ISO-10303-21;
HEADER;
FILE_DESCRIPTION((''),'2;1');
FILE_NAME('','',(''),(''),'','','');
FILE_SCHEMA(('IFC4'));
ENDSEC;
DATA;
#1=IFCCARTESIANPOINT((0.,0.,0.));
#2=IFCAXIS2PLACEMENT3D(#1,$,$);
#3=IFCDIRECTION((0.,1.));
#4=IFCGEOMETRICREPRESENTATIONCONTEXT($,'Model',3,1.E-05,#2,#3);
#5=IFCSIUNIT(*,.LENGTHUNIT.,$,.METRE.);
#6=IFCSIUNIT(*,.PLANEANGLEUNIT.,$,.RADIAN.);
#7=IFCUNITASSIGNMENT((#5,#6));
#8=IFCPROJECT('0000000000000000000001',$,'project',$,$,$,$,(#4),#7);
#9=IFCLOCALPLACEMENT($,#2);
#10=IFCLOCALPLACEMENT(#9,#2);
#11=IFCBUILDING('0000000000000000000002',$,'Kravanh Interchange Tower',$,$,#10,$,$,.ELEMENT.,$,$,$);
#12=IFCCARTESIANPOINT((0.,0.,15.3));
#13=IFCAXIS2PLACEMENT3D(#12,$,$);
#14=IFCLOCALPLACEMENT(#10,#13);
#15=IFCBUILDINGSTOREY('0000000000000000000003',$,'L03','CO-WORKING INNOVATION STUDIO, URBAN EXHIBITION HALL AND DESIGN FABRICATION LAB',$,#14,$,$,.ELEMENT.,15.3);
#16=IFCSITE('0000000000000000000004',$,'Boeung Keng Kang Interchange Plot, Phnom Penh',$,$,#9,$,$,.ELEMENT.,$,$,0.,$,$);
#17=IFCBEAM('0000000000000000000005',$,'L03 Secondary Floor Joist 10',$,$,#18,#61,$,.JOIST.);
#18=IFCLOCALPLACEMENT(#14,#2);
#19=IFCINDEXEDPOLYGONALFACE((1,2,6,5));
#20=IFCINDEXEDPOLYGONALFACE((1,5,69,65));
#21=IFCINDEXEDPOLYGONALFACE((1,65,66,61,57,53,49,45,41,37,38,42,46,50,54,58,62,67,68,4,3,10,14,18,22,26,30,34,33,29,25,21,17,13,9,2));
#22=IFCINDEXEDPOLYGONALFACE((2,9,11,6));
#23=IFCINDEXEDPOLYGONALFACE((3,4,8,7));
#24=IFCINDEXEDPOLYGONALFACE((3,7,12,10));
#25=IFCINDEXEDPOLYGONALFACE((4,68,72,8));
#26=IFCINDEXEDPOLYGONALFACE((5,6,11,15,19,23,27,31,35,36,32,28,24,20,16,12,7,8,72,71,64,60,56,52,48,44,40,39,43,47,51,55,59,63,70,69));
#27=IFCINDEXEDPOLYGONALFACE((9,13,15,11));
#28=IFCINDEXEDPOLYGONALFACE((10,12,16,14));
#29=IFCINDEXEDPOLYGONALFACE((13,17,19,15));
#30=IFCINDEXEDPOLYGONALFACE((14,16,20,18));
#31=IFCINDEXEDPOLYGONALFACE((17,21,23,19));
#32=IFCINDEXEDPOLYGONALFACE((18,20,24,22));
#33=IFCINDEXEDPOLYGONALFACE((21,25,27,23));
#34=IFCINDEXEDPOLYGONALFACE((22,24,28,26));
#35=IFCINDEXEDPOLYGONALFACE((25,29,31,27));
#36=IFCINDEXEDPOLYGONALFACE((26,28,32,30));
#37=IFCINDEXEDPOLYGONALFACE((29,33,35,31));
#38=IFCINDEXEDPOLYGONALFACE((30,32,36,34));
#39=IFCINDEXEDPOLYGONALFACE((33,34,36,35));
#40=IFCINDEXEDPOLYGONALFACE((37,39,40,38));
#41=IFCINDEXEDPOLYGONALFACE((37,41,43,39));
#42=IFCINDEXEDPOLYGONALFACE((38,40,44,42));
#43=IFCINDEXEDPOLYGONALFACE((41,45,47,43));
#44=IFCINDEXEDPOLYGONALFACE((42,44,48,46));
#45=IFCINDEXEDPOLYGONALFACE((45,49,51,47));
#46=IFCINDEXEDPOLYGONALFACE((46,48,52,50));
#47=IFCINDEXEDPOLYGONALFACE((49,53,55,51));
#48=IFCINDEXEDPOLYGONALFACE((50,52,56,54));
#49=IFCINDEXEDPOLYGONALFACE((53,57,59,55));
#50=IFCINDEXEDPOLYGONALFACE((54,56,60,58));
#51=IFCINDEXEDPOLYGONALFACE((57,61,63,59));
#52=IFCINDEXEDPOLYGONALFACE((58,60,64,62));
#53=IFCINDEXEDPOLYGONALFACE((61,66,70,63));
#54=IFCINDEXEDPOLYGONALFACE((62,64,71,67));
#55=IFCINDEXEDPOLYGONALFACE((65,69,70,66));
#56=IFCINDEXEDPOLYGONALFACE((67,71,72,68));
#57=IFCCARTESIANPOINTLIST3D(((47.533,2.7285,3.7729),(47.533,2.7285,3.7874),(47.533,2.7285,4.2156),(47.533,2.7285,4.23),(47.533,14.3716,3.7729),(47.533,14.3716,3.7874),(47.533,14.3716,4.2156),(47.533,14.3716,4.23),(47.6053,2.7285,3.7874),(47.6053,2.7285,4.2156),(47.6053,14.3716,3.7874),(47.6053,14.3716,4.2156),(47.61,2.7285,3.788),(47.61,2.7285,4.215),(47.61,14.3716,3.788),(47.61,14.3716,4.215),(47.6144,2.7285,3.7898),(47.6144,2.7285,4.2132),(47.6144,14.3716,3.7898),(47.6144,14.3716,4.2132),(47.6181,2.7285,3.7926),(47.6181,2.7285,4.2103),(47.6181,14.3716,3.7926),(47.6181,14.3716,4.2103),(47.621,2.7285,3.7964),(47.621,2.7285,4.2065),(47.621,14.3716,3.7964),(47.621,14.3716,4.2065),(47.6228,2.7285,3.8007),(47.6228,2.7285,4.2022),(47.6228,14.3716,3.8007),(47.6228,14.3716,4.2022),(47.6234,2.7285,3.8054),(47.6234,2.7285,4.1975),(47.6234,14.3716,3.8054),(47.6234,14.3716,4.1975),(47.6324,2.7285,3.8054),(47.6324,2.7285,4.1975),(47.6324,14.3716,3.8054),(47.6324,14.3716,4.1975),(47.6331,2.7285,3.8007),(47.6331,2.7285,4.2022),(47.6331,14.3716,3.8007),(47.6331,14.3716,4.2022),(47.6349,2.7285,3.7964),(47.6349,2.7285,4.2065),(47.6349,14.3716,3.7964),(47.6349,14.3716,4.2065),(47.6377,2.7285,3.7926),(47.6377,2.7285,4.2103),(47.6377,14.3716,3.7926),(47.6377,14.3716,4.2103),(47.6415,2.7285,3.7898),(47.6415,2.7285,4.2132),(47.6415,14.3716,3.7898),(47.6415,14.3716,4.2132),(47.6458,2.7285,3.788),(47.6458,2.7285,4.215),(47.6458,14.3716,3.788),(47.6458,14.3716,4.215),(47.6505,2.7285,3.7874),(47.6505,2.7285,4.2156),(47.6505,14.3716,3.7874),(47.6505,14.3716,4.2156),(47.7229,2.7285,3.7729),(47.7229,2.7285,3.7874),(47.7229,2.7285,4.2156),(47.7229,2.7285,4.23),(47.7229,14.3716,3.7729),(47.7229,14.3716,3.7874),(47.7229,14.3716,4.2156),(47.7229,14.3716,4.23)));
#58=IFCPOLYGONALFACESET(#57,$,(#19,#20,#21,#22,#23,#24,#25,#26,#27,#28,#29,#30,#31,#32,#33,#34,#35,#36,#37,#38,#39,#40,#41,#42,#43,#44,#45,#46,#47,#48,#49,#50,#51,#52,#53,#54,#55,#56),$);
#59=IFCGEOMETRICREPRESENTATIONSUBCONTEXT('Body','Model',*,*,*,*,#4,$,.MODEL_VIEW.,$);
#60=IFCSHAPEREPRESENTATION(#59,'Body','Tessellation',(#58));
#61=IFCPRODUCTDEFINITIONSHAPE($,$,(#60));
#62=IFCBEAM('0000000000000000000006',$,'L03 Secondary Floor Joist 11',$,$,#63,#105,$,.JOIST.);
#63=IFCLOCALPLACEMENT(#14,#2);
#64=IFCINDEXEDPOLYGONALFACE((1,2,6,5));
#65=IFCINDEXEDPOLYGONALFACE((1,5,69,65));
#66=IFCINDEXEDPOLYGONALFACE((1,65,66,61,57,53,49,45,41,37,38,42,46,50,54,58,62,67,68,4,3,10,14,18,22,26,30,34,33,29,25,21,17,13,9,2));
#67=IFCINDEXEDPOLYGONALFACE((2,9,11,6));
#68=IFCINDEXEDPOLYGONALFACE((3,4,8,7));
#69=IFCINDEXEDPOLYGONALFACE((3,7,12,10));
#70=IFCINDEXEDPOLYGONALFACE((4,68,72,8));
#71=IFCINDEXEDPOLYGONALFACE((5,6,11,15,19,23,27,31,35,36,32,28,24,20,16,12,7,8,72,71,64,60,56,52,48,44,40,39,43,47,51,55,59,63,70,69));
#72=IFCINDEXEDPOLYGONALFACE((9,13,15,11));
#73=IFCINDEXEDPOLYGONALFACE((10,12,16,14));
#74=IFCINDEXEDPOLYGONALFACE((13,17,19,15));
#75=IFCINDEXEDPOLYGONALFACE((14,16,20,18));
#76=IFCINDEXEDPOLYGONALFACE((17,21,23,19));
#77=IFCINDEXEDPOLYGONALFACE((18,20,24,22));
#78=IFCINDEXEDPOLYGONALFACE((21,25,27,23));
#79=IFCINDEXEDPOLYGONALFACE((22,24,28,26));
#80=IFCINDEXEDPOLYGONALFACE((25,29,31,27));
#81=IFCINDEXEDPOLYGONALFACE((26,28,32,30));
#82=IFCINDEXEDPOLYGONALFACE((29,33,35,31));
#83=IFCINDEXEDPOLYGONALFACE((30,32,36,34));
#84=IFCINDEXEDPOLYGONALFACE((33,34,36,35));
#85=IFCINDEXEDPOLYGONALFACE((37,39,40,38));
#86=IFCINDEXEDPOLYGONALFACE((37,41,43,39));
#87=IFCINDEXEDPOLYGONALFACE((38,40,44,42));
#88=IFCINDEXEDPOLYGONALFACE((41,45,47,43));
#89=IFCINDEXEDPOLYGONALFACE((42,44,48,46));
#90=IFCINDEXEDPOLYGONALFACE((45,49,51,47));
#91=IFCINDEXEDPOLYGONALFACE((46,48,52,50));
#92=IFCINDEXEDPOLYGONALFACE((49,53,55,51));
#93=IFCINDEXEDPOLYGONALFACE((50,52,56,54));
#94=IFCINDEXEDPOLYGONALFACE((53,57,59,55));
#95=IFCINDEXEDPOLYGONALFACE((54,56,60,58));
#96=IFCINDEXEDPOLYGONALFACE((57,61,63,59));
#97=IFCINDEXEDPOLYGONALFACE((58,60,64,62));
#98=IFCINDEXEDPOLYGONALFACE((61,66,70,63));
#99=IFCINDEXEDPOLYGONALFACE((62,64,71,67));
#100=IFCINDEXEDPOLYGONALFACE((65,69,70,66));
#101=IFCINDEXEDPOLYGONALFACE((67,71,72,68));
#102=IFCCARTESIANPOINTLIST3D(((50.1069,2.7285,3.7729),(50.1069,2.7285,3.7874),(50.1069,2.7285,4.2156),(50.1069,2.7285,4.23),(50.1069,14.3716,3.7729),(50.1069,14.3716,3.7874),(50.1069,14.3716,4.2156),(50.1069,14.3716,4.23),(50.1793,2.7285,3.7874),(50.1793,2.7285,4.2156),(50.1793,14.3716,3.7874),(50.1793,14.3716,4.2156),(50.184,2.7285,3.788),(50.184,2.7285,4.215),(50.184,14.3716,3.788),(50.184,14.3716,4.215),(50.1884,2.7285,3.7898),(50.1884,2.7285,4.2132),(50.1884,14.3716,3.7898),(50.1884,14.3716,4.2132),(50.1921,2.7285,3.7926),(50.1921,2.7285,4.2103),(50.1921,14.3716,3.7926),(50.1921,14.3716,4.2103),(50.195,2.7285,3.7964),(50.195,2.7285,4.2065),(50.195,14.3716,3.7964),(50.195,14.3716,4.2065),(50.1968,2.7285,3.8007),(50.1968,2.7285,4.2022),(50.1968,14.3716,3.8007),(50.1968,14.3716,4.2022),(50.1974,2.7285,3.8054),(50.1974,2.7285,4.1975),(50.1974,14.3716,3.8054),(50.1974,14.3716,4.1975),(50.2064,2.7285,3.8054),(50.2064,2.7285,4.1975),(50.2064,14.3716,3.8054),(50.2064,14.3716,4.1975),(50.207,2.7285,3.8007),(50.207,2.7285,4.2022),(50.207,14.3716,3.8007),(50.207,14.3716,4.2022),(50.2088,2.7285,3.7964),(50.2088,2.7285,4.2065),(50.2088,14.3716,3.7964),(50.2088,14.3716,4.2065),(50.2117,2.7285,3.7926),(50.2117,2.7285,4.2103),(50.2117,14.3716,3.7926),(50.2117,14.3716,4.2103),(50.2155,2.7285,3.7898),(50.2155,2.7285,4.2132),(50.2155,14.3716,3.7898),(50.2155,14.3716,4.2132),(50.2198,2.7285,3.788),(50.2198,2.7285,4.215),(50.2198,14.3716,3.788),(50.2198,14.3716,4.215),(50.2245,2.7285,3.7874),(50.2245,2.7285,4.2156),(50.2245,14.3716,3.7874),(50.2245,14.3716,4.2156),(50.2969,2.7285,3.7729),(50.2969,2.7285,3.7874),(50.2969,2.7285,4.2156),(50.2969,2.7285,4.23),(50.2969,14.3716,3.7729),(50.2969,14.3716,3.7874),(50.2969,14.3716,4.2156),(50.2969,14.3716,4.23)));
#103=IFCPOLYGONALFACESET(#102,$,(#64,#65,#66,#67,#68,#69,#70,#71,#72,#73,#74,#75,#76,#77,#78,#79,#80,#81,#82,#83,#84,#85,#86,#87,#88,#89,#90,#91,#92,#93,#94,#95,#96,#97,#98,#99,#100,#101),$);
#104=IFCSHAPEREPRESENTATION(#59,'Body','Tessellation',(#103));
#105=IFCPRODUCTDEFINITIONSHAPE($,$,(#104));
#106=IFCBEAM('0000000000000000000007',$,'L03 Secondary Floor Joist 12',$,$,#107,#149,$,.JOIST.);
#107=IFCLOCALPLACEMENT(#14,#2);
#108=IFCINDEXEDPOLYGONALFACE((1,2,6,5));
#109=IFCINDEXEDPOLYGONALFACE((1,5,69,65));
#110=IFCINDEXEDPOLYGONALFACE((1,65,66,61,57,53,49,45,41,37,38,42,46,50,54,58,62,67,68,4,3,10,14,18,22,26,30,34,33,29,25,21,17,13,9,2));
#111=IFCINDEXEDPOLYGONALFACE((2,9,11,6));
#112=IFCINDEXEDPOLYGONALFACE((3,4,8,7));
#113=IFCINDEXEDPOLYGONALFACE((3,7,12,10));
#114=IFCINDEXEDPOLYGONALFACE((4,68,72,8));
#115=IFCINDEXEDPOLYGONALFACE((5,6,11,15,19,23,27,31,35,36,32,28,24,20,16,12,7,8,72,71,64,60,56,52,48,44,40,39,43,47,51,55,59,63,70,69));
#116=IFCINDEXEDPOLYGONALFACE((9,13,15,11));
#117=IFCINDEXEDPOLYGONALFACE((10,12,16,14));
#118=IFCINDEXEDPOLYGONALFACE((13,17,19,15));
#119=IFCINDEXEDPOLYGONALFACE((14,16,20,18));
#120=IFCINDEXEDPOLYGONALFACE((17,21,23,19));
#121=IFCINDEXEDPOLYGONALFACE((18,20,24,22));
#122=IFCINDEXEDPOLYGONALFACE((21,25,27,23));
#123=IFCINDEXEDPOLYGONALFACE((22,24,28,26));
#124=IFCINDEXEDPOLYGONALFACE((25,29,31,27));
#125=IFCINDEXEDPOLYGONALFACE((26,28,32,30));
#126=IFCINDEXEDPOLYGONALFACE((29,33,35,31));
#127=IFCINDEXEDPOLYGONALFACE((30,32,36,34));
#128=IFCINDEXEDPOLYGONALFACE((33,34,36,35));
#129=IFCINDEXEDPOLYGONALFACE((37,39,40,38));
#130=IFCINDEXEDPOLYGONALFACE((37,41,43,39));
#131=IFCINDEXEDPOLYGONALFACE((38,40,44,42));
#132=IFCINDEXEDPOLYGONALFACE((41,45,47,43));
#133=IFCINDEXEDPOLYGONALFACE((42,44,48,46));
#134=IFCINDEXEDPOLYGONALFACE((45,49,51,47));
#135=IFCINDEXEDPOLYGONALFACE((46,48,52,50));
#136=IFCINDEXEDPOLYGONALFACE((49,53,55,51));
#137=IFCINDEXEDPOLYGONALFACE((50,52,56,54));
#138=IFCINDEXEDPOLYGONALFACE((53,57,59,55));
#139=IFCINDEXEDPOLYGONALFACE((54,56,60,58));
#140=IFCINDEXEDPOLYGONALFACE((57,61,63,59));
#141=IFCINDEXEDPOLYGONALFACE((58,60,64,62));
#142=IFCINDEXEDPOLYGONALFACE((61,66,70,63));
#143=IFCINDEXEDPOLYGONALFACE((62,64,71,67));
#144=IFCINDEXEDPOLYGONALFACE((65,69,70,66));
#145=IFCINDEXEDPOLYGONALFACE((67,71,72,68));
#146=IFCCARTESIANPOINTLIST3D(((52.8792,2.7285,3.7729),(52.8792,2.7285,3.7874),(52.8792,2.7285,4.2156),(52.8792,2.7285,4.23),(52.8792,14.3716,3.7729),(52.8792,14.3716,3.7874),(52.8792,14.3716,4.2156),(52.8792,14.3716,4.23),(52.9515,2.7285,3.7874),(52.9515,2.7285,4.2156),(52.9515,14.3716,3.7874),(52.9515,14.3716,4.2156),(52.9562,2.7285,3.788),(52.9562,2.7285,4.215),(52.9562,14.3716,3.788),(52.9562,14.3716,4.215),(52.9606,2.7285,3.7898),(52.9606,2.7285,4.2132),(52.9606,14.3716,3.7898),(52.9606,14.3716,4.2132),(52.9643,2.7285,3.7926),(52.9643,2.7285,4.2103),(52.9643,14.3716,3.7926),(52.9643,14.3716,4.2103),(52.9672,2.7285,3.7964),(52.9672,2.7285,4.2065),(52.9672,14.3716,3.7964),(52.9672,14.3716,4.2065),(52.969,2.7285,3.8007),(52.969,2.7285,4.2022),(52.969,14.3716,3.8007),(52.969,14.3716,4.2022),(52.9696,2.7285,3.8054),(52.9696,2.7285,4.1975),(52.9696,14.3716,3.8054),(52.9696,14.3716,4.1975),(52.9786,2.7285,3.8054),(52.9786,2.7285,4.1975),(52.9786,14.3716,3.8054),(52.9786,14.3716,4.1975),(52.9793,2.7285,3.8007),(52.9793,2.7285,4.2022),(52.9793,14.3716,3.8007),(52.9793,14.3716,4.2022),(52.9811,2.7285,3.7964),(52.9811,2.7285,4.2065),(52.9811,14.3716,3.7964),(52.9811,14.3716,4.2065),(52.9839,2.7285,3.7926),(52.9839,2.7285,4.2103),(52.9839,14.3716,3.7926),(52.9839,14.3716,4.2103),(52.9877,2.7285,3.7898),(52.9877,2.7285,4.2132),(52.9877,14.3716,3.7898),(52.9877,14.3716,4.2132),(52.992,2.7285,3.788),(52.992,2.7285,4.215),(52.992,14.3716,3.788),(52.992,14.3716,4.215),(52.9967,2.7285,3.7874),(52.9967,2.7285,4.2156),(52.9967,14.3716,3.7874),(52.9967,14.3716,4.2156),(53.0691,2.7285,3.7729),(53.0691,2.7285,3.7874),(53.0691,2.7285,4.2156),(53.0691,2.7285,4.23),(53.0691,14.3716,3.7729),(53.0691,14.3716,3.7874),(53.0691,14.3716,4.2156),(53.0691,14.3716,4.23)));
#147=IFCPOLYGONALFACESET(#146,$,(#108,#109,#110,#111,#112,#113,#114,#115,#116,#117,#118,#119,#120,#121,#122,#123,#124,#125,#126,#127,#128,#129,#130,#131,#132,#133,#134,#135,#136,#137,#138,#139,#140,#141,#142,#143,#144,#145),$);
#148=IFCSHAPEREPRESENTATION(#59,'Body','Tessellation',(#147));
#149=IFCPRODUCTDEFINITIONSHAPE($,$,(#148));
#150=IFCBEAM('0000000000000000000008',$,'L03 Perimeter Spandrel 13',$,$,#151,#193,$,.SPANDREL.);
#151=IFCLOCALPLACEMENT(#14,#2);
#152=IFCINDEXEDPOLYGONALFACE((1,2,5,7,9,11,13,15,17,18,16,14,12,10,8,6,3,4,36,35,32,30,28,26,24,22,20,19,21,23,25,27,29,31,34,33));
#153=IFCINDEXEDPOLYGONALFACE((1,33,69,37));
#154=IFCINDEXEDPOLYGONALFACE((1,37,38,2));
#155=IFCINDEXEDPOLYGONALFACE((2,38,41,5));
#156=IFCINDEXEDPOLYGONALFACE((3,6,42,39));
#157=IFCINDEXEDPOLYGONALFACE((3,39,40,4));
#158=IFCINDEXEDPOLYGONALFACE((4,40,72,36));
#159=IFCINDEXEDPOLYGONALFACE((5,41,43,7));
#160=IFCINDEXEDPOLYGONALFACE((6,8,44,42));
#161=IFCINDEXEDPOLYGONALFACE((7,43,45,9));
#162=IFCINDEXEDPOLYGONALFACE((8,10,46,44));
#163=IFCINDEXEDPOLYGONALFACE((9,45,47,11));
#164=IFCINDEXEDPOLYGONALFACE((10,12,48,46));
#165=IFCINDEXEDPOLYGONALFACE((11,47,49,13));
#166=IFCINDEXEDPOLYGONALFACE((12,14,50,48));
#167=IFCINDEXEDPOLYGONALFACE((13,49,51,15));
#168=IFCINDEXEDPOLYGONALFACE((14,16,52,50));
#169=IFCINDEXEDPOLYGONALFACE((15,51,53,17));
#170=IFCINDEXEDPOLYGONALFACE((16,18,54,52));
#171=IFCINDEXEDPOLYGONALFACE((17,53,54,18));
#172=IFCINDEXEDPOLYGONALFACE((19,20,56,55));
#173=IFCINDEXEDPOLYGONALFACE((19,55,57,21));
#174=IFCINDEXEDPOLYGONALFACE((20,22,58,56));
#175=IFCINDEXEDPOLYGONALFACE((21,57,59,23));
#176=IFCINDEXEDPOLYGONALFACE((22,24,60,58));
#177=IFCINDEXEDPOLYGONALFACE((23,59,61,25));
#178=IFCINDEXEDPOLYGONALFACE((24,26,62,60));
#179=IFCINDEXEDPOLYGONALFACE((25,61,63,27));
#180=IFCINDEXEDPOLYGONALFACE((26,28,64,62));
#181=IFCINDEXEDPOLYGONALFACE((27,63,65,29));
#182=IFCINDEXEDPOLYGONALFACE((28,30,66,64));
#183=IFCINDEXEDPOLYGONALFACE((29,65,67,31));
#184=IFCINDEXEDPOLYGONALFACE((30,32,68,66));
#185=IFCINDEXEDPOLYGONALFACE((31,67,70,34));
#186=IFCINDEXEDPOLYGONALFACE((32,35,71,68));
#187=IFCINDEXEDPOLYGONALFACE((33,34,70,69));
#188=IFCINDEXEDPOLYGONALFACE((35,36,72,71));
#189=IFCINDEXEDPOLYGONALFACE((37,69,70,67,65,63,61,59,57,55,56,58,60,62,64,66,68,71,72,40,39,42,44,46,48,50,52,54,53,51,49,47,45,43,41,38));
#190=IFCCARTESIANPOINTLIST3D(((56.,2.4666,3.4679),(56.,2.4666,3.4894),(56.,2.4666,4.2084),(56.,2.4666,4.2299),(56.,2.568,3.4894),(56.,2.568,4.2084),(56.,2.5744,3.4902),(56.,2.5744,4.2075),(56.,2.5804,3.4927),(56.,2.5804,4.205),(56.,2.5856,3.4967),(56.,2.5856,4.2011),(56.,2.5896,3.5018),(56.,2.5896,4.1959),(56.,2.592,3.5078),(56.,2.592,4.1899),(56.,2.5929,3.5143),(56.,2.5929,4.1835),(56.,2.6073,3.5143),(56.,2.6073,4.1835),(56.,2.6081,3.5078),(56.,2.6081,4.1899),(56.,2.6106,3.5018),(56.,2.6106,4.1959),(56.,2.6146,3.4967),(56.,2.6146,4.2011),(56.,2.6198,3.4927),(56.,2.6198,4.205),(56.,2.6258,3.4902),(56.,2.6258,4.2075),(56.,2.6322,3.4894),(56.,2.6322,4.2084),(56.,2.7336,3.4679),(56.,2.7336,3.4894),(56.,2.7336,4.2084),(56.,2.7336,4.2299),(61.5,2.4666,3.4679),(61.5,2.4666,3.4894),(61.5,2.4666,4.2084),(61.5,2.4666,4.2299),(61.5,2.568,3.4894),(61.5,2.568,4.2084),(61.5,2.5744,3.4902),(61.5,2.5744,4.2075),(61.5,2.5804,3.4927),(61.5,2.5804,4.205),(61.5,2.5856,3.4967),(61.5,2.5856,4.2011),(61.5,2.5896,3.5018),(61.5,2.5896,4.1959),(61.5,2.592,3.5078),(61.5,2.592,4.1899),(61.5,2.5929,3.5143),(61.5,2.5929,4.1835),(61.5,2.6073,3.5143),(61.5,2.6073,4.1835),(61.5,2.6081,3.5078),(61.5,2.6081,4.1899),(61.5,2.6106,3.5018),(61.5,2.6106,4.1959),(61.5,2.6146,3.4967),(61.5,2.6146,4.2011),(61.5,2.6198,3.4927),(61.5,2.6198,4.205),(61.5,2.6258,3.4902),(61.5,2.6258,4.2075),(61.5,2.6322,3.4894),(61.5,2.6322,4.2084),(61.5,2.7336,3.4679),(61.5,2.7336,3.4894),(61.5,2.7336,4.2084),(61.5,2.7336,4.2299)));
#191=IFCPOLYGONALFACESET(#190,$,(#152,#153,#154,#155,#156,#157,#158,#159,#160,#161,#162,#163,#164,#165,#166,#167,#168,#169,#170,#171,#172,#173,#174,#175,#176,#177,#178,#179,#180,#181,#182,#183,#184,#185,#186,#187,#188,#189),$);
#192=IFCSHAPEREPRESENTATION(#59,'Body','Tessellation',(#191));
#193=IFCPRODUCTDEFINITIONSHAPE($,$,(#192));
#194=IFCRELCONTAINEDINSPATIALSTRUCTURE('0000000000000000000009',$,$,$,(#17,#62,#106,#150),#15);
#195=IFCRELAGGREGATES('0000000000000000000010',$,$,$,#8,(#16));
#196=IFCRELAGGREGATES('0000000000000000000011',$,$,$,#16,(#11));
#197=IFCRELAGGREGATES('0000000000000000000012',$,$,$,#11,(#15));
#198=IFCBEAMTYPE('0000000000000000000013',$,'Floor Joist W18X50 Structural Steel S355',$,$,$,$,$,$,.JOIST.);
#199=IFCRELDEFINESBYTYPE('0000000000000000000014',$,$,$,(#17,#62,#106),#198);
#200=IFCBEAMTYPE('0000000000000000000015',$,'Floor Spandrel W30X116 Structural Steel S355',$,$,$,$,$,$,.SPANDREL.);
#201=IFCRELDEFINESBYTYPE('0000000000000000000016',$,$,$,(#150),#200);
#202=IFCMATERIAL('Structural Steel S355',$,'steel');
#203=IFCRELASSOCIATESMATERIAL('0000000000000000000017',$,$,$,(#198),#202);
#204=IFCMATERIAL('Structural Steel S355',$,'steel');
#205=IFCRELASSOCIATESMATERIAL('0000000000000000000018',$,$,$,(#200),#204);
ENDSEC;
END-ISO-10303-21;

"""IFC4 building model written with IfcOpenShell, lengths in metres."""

from ifc_helpers import new_model, si_unit, direction, frame, origin, origin_2d, place, context, subcontext, project, spatial, i_section, extrude, material, material_profile, profile_set, type_object, element, save


model = new_model("IFC4")

# Units and contexts
model_context = context("Model", 3, precision=1e-05, world=origin(), true_north=direction((0.0, 1.0)))
body_context = subcontext(model_context, "Body", "Model", "MODEL_VIEW")
ifc_project = project(units=[si_unit("LENGTHUNIT", "METRE"), si_unit("PLANEANGLEUNIT", "RADIAN")], contexts=[model_context])

# Site, building, storey
site_placement = place(None, origin())
site = spatial("IfcSite", under=ifc_project, at=site_placement, Name="Boeung Keng Kang Interchange Plot, Phnom Penh", CompositionType="ELEMENT", RefElevation=0.0)
building_placement = place(site_placement, origin())
building = spatial("IfcBuilding", under=site, at=building_placement, Name="Kravanh Interchange Tower", CompositionType="ELEMENT")
storey_placement = place(building_placement, frame((0.0, 0.0, 15.3)))
storey = spatial("IfcBuildingStorey", under=building, at=storey_placement, Name="L03", Description="CO-WORKING INNOVATION STUDIO, URBAN EXHIBITION HALL AND DESIGN FABRICATION LAB", CompositionType="ELEMENT", Elevation=15.3)

# Beams
ifc_material_1 = material(Name="Structural Steel S355", Category="steel")
ifc_material_profile_1 = material_profile(ifc_material_1, i_section(OverallWidth=0.1899, OverallDepth=0.457, WebThickness=0.009, FlangeThickness=0.0144, FilletRadius=0.0181, at=origin_2d()), Name="W18X50")
ifc_profile_set_1 = profile_set([ifc_material_profile_1], Name="Structural Steel S355")
beam_type_1 = type_object("IfcBeamType", Name="Floor Joist W18X50 Structural Steel S355", PredefinedType="JOIST", material=ifc_profile_set_1)
for number, where, z_axis, x_axis, name in (
    (1, (47.6279, 2.7285, 4.0015), (0.0, 1.0, 0.0), (-1.0, 0.0, 0.0), "L03 Secondary Floor Joist 10"),
    (2, (50.2019, 2.7285, 4.0015), (0.0, 1.0, 0.0), (-1.0, 0.0, 0.0), "L03 Secondary Floor Joist 11"),
    (3, (52.9741, 2.7285, 4.0015), (0.0, 1.0, 0.0), (-1.0, 0.0, 0.0), "L03 Secondary Floor Joist 12"),
):
    element("IfcBeam", number, at=place(storey_placement, frame(where, z_axis=z_axis, x_axis=x_axis)), inside=storey, type_object=beam_type_1, Name=name, PredefinedType="JOIST", context=body_context, shape_type="SweptSolid", body=[
        extrude(i_section(OverallWidth=0.1899, OverallDepth=0.457, WebThickness=0.009, FlangeThickness=0.0144, FilletRadius=0.0181, at=origin_2d()), origin(), (0.0, 0.0, 1.0), 11.6431),
    ])
ifc_material_2 = material(Name="Structural Steel S355", Category="steel")
ifc_material_profile_2 = material_profile(ifc_material_2, i_section(OverallWidth=0.2671, OverallDepth=0.762, WebThickness=0.0144, FlangeThickness=0.0215, FilletRadius=0.0249, at=origin_2d()), Name="W30X116")
ifc_profile_set_2 = profile_set([ifc_material_profile_2], Name="Structural Steel S355")
beam_type_2 = type_object("IfcBeamType", Name="Floor Spandrel W30X116 Structural Steel S355", PredefinedType="SPANDREL", material=ifc_profile_set_2)
beam_1_placement = place(storey_placement, frame((56.0, 2.6001, 3.8489), z_axis=(1.0, 0.0, 0.0), x_axis=(0.0, 1.0, 0.0)))
element("IfcBeam", 4, at=beam_1_placement, inside=storey, type_object=beam_type_2, Name="L03 Perimeter Spandrel 13", PredefinedType="SPANDREL", context=body_context, shape_type="SweptSolid", body=[
    extrude(i_section(OverallWidth=0.2671, OverallDepth=0.762, WebThickness=0.0144, FlangeThickness=0.0215, FilletRadius=0.0249, at=origin_2d()), origin(), (0.0, 0.0, 1.0), 5.5),
])

save(model, "model.ifc")
